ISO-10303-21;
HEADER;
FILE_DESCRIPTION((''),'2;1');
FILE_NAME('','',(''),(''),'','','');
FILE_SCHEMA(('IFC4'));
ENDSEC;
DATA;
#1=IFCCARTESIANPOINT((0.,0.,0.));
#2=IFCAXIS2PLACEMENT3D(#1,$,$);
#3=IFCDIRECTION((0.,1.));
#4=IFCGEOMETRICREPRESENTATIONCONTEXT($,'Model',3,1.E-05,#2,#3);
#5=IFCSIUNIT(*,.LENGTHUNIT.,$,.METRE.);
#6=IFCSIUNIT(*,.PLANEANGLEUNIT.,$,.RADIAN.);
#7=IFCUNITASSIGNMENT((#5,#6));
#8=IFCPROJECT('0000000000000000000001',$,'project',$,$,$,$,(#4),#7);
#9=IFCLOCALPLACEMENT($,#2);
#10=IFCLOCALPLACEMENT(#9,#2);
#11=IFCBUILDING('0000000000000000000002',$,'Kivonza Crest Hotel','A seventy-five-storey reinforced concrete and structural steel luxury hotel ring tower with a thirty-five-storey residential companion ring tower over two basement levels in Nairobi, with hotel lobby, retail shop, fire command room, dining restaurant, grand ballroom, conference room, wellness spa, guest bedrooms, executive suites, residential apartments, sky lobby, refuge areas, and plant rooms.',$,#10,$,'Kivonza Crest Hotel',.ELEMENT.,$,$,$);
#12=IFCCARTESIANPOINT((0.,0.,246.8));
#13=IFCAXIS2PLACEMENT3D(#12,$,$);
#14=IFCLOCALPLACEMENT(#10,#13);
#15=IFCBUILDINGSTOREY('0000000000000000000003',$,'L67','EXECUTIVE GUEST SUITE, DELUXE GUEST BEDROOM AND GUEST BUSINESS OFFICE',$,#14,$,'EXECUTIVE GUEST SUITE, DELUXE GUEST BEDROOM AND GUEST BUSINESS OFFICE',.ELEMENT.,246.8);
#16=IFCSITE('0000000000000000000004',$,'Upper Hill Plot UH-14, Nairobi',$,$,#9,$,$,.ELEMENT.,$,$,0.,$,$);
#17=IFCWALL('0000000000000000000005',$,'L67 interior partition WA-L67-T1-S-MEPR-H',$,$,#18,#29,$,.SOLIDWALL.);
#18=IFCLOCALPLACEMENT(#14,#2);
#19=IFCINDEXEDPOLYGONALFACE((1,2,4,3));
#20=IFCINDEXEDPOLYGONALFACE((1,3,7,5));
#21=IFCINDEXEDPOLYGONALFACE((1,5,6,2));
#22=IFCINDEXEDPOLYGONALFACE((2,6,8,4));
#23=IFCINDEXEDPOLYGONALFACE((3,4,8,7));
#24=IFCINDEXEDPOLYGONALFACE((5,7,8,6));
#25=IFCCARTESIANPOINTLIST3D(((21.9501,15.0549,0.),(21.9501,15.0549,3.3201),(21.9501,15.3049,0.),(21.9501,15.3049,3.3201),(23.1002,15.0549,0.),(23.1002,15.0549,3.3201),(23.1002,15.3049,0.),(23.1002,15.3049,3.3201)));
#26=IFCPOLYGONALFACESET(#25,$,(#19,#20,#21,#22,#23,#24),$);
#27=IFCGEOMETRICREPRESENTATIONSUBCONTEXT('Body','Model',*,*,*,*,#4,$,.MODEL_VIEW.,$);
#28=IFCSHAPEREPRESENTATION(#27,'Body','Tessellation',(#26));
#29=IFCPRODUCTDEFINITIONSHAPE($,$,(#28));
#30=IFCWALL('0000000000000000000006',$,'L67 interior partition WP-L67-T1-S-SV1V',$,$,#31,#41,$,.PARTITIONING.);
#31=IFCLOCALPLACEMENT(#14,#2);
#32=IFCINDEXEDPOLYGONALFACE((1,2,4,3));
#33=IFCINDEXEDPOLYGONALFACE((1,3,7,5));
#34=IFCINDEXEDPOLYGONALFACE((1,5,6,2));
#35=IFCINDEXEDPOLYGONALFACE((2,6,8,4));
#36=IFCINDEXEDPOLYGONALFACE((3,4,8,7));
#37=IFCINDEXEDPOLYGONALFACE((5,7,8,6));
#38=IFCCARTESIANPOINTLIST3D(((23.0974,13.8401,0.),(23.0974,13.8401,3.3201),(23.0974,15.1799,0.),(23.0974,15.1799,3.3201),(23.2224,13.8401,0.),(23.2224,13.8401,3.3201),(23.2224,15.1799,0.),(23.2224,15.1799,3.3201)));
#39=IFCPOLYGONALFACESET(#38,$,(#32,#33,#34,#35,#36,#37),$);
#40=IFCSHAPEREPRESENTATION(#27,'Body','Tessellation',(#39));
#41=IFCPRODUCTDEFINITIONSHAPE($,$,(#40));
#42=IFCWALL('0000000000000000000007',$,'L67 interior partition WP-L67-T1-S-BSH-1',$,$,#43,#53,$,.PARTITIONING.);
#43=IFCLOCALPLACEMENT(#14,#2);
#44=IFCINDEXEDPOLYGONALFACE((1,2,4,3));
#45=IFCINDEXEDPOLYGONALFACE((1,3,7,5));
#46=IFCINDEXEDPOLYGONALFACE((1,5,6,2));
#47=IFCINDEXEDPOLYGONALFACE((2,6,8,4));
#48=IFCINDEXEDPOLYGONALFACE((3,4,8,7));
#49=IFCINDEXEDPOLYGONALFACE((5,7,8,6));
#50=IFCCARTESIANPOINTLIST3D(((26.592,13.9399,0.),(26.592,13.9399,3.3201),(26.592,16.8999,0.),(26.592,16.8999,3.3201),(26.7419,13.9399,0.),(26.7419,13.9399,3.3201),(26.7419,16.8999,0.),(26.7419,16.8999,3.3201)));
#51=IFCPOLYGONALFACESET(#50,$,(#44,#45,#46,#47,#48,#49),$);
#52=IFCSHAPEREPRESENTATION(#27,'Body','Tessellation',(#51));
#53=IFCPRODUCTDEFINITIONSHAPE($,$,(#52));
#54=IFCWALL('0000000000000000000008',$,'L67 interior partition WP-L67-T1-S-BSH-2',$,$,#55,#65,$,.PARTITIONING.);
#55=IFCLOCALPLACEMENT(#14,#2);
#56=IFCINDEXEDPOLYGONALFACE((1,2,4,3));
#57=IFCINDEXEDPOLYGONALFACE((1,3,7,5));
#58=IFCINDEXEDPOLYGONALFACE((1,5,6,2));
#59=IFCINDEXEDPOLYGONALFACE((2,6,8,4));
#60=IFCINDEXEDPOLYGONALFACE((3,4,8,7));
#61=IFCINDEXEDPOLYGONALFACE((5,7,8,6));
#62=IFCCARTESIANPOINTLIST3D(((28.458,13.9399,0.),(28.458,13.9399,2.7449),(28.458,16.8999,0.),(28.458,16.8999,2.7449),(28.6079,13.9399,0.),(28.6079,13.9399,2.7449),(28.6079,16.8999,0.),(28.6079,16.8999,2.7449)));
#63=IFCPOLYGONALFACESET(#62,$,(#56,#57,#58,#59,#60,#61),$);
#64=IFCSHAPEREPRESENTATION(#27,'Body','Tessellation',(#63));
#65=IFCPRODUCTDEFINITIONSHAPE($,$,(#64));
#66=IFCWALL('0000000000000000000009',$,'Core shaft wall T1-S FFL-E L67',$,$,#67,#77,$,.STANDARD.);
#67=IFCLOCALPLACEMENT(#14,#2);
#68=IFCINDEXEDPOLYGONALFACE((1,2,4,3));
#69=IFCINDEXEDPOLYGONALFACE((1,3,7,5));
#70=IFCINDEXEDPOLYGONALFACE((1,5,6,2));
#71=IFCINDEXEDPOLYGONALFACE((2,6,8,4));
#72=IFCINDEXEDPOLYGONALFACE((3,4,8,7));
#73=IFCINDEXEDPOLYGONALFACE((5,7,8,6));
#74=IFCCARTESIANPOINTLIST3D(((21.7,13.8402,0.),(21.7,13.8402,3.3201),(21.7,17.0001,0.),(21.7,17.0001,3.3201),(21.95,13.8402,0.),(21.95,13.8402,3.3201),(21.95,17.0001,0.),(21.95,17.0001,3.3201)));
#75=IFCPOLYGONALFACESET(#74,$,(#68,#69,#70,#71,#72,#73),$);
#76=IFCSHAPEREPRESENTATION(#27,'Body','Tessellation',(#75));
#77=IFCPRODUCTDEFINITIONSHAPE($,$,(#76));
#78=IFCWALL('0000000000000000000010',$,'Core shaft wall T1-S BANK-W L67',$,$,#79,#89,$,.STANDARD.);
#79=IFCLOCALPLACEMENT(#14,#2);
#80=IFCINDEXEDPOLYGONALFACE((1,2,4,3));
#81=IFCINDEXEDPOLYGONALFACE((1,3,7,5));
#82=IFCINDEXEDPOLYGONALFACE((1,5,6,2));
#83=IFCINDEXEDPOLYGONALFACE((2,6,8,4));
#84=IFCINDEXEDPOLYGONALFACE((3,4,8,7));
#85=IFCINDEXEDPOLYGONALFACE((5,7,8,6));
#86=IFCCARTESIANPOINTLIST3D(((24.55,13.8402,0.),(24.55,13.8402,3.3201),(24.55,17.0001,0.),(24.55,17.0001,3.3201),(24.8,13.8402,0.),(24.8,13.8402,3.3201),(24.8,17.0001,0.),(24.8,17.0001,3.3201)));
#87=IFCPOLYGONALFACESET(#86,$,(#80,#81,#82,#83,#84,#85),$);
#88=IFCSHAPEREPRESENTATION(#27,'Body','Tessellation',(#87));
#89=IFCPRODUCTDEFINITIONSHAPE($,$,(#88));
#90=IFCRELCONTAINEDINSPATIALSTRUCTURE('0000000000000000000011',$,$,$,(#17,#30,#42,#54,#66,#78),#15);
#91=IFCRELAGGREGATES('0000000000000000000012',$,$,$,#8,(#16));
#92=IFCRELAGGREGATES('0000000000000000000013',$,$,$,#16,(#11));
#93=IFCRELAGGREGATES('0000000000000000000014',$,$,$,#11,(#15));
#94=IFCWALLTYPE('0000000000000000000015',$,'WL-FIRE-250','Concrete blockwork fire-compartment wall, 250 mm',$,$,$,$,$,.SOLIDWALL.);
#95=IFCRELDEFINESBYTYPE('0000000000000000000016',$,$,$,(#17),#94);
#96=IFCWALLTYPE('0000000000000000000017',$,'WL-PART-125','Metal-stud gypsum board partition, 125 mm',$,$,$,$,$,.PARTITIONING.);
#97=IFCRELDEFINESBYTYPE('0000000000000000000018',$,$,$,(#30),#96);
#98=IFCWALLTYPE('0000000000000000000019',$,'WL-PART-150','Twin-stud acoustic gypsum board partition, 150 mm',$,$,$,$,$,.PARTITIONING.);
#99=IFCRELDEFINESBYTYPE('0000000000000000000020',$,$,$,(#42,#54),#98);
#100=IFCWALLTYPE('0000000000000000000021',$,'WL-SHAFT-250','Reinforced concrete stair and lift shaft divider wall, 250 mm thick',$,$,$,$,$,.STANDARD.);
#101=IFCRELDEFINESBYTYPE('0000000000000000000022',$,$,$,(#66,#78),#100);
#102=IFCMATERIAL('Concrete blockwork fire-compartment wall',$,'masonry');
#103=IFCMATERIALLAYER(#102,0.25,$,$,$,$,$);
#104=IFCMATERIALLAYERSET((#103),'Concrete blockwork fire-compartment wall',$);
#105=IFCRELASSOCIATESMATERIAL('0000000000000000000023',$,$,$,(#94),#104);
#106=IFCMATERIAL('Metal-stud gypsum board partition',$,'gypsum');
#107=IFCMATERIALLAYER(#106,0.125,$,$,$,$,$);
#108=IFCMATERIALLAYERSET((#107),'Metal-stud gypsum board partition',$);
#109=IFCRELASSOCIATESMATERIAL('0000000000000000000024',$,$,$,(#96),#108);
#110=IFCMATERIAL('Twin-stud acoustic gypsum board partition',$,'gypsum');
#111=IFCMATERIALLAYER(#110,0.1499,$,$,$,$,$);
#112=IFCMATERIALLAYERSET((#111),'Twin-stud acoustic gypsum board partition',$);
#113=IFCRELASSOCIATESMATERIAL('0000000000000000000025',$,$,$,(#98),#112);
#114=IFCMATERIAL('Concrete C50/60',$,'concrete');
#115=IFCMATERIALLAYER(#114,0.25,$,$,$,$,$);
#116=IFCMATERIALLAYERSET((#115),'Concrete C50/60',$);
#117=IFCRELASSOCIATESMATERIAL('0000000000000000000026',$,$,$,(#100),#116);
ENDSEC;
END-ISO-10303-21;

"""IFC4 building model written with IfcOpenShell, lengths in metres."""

from ifc_helpers import new_model, si_unit, direction, frame, frame_2d, origin, place, context, subcontext, project, spatial, rectangle, extrude, material, layer, layer_set, type_object, element, save


model = new_model("IFC4")

# Units and contexts
model_context = context("Model", 3, precision=1e-05, world=origin(), true_north=direction((0.0, 1.0)))
body_context = subcontext(model_context, "Body", "Model", "MODEL_VIEW")
ifc_project = project(units=[si_unit("LENGTHUNIT", "METRE"), si_unit("PLANEANGLEUNIT", "RADIAN")], contexts=[model_context])

# Site, building, storey
site_placement = place(None, origin())
site = spatial("IfcSite", under=ifc_project, at=site_placement, Name="Upper Hill Plot UH-14, Nairobi", CompositionType="ELEMENT", RefElevation=0.0)
building_placement = place(site_placement, origin())
building = spatial("IfcBuilding", under=site, at=building_placement, Name="Kivonza Crest Hotel", Description="A seventy-five-storey reinforced concrete and structural steel luxury hotel ring tower with a thirty-five-storey residential companion ring tower over two basement levels in Nairobi, with hotel lobby, retail shop, fire command room, dining restaurant, grand ballroom, conference room, wellness spa, guest bedrooms, executive suites, residential apartments, sky lobby, refuge areas, and plant rooms.", LongName="Kivonza Crest Hotel", CompositionType="ELEMENT")
storey_placement = place(building_placement, frame((0.0, 0.0, 246.8)))
storey = spatial("IfcBuildingStorey", under=building, at=storey_placement, Name="L67", Description="EXECUTIVE GUEST SUITE, DELUXE GUEST BEDROOM AND GUEST BUSINESS OFFICE", LongName="EXECUTIVE GUEST SUITE, DELUXE GUEST BEDROOM AND GUEST BUSINESS OFFICE", CompositionType="ELEMENT", Elevation=246.8)

# Shared definitions
ifc_material_1 = material(Name="Concrete C50/60", Category="concrete")

# Walls
ifc_material_2 = material(Name="Concrete blockwork fire-compartment wall", Category="masonry")
ifc_layer_1 = layer(ifc_material_2, 0.25)
ifc_layer_set_1 = layer_set([ifc_layer_1], Name="Concrete blockwork fire-compartment wall")
wall_type_1 = type_object("IfcWallType", Name="WL-FIRE-250", Description="Concrete blockwork fire-compartment wall, 250 mm", PredefinedType="SOLIDWALL", material=ifc_layer_set_1)
wall_1_placement = place(storey_placement, frame((21.95, 15.1799, 0.0), z_axis=(0.0, 0.0, 1.0), x_axis=(1.0, 0.0, 0.0)))
element("IfcWall", 1, at=wall_1_placement, inside=storey, type_object=wall_type_1, Name="L67 interior partition WA-L67-T1-S-MEPR-H", PredefinedType="SOLIDWALL", context=body_context, shape_type="SweptSolid", body=[
    extrude(rectangle(XDim=1.1501, YDim=0.25, at=frame_2d((0.5752, 0.0))), origin(), (0.0, 0.0, 1.0), 3.3201),
])
ifc_material_3 = material(Name="Metal-stud gypsum board partition", Category="gypsum")
ifc_layer_2 = layer(ifc_material_3, 0.125)
ifc_layer_set_2 = layer_set([ifc_layer_2], Name="Metal-stud gypsum board partition")
wall_type_2 = type_object("IfcWallType", Name="WL-PART-125", Description="Metal-stud gypsum board partition, 125 mm", PredefinedType="PARTITIONING", material=ifc_layer_set_2)
wall_2_placement = place(storey_placement, frame((23.1599, 13.8401, 0.0), z_axis=(0.0, 0.0, 1.0), x_axis=(0.0, 1.0, 0.0)))
element("IfcWall", 2, at=wall_2_placement, inside=storey, type_object=wall_type_2, Name="L67 interior partition WP-L67-T1-S-SV1V", PredefinedType="PARTITIONING", context=body_context, shape_type="SweptSolid", body=[
    extrude(rectangle(XDim=1.3398, YDim=0.125, at=frame_2d((0.6699, 0.0))), origin(), (0.0, 0.0, 1.0), 3.3201),
])
ifc_material_4 = material(Name="Twin-stud acoustic gypsum board partition", Category="gypsum")
ifc_layer_3 = layer(ifc_material_4, 0.1499)
ifc_layer_set_3 = layer_set([ifc_layer_3], Name="Twin-stud acoustic gypsum board partition")
wall_type_3 = type_object("IfcWallType", Name="WL-PART-150", Description="Twin-stud acoustic gypsum board partition, 150 mm", PredefinedType="PARTITIONING", material=ifc_layer_set_3)
wall_3_placement = place(storey_placement, frame((26.667, 13.9399, 0.0), z_axis=(0.0, 0.0, 1.0), x_axis=(0.0, 1.0, 0.0)))
element("IfcWall", 3, at=wall_3_placement, inside=storey, type_object=wall_type_3, Name="L67 interior partition WP-L67-T1-S-BSH-1", PredefinedType="PARTITIONING", context=body_context, shape_type="SweptSolid", body=[
    extrude(rectangle(XDim=2.96, YDim=0.1499, at=frame_2d((1.48, 0.0))), origin(), (0.0, 0.0, 1.0), 3.3201),
])
wall_4_placement = place(storey_placement, frame((28.533, 13.9399, 0.0), z_axis=(0.0, 0.0, 1.0), x_axis=(0.0, 1.0, 0.0)))
element("IfcWall", 4, at=wall_4_placement, inside=storey, type_object=wall_type_3, Name="L67 interior partition WP-L67-T1-S-BSH-2", PredefinedType="PARTITIONING", context=body_context, shape_type="SweptSolid", body=[
    extrude(rectangle(XDim=2.96, YDim=0.1499, at=frame_2d((1.48, 0.0))), origin(), (0.0, 0.0, 1.0), 2.7449),
])

# Shared definitions
ifc_layer_4 = layer(ifc_material_1, 0.25)
ifc_layer_set_4 = layer_set([ifc_layer_4], Name="Concrete C50/60")
wall_type_4 = type_object("IfcWallType", Name="WL-SHAFT-250", Description="Reinforced concrete stair and lift shaft divider wall, 250 mm thick", PredefinedType="STANDARD", material=ifc_layer_set_4)

# Walls
for number, where, z_axis, x_axis, name in (
    (5, (21.825, 13.8401, 0.0), (0.0, 0.0, 1.0), (0.0, 1.0, 0.0), "Core shaft wall T1-S FFL-E L67"),
    (6, (24.675, 13.8401, 0.0), (0.0, 0.0, 1.0), (0.0, 1.0, 0.0), "Core shaft wall T1-S BANK-W L67"),
):
    element("IfcWall", number, at=place(storey_placement, frame(where, z_axis=z_axis, x_axis=x_axis)), inside=storey, type_object=wall_type_4, Name=name, PredefinedType="STANDARD", context=body_context, shape_type="SweptSolid", body=[
        extrude(rectangle(XDim=3.1599, YDim=0.25, at=frame_2d((1.5801, 0.0))), origin(), (0.0, 0.0, 1.0), 3.3201),
    ])

save(model, "model.ifc")
